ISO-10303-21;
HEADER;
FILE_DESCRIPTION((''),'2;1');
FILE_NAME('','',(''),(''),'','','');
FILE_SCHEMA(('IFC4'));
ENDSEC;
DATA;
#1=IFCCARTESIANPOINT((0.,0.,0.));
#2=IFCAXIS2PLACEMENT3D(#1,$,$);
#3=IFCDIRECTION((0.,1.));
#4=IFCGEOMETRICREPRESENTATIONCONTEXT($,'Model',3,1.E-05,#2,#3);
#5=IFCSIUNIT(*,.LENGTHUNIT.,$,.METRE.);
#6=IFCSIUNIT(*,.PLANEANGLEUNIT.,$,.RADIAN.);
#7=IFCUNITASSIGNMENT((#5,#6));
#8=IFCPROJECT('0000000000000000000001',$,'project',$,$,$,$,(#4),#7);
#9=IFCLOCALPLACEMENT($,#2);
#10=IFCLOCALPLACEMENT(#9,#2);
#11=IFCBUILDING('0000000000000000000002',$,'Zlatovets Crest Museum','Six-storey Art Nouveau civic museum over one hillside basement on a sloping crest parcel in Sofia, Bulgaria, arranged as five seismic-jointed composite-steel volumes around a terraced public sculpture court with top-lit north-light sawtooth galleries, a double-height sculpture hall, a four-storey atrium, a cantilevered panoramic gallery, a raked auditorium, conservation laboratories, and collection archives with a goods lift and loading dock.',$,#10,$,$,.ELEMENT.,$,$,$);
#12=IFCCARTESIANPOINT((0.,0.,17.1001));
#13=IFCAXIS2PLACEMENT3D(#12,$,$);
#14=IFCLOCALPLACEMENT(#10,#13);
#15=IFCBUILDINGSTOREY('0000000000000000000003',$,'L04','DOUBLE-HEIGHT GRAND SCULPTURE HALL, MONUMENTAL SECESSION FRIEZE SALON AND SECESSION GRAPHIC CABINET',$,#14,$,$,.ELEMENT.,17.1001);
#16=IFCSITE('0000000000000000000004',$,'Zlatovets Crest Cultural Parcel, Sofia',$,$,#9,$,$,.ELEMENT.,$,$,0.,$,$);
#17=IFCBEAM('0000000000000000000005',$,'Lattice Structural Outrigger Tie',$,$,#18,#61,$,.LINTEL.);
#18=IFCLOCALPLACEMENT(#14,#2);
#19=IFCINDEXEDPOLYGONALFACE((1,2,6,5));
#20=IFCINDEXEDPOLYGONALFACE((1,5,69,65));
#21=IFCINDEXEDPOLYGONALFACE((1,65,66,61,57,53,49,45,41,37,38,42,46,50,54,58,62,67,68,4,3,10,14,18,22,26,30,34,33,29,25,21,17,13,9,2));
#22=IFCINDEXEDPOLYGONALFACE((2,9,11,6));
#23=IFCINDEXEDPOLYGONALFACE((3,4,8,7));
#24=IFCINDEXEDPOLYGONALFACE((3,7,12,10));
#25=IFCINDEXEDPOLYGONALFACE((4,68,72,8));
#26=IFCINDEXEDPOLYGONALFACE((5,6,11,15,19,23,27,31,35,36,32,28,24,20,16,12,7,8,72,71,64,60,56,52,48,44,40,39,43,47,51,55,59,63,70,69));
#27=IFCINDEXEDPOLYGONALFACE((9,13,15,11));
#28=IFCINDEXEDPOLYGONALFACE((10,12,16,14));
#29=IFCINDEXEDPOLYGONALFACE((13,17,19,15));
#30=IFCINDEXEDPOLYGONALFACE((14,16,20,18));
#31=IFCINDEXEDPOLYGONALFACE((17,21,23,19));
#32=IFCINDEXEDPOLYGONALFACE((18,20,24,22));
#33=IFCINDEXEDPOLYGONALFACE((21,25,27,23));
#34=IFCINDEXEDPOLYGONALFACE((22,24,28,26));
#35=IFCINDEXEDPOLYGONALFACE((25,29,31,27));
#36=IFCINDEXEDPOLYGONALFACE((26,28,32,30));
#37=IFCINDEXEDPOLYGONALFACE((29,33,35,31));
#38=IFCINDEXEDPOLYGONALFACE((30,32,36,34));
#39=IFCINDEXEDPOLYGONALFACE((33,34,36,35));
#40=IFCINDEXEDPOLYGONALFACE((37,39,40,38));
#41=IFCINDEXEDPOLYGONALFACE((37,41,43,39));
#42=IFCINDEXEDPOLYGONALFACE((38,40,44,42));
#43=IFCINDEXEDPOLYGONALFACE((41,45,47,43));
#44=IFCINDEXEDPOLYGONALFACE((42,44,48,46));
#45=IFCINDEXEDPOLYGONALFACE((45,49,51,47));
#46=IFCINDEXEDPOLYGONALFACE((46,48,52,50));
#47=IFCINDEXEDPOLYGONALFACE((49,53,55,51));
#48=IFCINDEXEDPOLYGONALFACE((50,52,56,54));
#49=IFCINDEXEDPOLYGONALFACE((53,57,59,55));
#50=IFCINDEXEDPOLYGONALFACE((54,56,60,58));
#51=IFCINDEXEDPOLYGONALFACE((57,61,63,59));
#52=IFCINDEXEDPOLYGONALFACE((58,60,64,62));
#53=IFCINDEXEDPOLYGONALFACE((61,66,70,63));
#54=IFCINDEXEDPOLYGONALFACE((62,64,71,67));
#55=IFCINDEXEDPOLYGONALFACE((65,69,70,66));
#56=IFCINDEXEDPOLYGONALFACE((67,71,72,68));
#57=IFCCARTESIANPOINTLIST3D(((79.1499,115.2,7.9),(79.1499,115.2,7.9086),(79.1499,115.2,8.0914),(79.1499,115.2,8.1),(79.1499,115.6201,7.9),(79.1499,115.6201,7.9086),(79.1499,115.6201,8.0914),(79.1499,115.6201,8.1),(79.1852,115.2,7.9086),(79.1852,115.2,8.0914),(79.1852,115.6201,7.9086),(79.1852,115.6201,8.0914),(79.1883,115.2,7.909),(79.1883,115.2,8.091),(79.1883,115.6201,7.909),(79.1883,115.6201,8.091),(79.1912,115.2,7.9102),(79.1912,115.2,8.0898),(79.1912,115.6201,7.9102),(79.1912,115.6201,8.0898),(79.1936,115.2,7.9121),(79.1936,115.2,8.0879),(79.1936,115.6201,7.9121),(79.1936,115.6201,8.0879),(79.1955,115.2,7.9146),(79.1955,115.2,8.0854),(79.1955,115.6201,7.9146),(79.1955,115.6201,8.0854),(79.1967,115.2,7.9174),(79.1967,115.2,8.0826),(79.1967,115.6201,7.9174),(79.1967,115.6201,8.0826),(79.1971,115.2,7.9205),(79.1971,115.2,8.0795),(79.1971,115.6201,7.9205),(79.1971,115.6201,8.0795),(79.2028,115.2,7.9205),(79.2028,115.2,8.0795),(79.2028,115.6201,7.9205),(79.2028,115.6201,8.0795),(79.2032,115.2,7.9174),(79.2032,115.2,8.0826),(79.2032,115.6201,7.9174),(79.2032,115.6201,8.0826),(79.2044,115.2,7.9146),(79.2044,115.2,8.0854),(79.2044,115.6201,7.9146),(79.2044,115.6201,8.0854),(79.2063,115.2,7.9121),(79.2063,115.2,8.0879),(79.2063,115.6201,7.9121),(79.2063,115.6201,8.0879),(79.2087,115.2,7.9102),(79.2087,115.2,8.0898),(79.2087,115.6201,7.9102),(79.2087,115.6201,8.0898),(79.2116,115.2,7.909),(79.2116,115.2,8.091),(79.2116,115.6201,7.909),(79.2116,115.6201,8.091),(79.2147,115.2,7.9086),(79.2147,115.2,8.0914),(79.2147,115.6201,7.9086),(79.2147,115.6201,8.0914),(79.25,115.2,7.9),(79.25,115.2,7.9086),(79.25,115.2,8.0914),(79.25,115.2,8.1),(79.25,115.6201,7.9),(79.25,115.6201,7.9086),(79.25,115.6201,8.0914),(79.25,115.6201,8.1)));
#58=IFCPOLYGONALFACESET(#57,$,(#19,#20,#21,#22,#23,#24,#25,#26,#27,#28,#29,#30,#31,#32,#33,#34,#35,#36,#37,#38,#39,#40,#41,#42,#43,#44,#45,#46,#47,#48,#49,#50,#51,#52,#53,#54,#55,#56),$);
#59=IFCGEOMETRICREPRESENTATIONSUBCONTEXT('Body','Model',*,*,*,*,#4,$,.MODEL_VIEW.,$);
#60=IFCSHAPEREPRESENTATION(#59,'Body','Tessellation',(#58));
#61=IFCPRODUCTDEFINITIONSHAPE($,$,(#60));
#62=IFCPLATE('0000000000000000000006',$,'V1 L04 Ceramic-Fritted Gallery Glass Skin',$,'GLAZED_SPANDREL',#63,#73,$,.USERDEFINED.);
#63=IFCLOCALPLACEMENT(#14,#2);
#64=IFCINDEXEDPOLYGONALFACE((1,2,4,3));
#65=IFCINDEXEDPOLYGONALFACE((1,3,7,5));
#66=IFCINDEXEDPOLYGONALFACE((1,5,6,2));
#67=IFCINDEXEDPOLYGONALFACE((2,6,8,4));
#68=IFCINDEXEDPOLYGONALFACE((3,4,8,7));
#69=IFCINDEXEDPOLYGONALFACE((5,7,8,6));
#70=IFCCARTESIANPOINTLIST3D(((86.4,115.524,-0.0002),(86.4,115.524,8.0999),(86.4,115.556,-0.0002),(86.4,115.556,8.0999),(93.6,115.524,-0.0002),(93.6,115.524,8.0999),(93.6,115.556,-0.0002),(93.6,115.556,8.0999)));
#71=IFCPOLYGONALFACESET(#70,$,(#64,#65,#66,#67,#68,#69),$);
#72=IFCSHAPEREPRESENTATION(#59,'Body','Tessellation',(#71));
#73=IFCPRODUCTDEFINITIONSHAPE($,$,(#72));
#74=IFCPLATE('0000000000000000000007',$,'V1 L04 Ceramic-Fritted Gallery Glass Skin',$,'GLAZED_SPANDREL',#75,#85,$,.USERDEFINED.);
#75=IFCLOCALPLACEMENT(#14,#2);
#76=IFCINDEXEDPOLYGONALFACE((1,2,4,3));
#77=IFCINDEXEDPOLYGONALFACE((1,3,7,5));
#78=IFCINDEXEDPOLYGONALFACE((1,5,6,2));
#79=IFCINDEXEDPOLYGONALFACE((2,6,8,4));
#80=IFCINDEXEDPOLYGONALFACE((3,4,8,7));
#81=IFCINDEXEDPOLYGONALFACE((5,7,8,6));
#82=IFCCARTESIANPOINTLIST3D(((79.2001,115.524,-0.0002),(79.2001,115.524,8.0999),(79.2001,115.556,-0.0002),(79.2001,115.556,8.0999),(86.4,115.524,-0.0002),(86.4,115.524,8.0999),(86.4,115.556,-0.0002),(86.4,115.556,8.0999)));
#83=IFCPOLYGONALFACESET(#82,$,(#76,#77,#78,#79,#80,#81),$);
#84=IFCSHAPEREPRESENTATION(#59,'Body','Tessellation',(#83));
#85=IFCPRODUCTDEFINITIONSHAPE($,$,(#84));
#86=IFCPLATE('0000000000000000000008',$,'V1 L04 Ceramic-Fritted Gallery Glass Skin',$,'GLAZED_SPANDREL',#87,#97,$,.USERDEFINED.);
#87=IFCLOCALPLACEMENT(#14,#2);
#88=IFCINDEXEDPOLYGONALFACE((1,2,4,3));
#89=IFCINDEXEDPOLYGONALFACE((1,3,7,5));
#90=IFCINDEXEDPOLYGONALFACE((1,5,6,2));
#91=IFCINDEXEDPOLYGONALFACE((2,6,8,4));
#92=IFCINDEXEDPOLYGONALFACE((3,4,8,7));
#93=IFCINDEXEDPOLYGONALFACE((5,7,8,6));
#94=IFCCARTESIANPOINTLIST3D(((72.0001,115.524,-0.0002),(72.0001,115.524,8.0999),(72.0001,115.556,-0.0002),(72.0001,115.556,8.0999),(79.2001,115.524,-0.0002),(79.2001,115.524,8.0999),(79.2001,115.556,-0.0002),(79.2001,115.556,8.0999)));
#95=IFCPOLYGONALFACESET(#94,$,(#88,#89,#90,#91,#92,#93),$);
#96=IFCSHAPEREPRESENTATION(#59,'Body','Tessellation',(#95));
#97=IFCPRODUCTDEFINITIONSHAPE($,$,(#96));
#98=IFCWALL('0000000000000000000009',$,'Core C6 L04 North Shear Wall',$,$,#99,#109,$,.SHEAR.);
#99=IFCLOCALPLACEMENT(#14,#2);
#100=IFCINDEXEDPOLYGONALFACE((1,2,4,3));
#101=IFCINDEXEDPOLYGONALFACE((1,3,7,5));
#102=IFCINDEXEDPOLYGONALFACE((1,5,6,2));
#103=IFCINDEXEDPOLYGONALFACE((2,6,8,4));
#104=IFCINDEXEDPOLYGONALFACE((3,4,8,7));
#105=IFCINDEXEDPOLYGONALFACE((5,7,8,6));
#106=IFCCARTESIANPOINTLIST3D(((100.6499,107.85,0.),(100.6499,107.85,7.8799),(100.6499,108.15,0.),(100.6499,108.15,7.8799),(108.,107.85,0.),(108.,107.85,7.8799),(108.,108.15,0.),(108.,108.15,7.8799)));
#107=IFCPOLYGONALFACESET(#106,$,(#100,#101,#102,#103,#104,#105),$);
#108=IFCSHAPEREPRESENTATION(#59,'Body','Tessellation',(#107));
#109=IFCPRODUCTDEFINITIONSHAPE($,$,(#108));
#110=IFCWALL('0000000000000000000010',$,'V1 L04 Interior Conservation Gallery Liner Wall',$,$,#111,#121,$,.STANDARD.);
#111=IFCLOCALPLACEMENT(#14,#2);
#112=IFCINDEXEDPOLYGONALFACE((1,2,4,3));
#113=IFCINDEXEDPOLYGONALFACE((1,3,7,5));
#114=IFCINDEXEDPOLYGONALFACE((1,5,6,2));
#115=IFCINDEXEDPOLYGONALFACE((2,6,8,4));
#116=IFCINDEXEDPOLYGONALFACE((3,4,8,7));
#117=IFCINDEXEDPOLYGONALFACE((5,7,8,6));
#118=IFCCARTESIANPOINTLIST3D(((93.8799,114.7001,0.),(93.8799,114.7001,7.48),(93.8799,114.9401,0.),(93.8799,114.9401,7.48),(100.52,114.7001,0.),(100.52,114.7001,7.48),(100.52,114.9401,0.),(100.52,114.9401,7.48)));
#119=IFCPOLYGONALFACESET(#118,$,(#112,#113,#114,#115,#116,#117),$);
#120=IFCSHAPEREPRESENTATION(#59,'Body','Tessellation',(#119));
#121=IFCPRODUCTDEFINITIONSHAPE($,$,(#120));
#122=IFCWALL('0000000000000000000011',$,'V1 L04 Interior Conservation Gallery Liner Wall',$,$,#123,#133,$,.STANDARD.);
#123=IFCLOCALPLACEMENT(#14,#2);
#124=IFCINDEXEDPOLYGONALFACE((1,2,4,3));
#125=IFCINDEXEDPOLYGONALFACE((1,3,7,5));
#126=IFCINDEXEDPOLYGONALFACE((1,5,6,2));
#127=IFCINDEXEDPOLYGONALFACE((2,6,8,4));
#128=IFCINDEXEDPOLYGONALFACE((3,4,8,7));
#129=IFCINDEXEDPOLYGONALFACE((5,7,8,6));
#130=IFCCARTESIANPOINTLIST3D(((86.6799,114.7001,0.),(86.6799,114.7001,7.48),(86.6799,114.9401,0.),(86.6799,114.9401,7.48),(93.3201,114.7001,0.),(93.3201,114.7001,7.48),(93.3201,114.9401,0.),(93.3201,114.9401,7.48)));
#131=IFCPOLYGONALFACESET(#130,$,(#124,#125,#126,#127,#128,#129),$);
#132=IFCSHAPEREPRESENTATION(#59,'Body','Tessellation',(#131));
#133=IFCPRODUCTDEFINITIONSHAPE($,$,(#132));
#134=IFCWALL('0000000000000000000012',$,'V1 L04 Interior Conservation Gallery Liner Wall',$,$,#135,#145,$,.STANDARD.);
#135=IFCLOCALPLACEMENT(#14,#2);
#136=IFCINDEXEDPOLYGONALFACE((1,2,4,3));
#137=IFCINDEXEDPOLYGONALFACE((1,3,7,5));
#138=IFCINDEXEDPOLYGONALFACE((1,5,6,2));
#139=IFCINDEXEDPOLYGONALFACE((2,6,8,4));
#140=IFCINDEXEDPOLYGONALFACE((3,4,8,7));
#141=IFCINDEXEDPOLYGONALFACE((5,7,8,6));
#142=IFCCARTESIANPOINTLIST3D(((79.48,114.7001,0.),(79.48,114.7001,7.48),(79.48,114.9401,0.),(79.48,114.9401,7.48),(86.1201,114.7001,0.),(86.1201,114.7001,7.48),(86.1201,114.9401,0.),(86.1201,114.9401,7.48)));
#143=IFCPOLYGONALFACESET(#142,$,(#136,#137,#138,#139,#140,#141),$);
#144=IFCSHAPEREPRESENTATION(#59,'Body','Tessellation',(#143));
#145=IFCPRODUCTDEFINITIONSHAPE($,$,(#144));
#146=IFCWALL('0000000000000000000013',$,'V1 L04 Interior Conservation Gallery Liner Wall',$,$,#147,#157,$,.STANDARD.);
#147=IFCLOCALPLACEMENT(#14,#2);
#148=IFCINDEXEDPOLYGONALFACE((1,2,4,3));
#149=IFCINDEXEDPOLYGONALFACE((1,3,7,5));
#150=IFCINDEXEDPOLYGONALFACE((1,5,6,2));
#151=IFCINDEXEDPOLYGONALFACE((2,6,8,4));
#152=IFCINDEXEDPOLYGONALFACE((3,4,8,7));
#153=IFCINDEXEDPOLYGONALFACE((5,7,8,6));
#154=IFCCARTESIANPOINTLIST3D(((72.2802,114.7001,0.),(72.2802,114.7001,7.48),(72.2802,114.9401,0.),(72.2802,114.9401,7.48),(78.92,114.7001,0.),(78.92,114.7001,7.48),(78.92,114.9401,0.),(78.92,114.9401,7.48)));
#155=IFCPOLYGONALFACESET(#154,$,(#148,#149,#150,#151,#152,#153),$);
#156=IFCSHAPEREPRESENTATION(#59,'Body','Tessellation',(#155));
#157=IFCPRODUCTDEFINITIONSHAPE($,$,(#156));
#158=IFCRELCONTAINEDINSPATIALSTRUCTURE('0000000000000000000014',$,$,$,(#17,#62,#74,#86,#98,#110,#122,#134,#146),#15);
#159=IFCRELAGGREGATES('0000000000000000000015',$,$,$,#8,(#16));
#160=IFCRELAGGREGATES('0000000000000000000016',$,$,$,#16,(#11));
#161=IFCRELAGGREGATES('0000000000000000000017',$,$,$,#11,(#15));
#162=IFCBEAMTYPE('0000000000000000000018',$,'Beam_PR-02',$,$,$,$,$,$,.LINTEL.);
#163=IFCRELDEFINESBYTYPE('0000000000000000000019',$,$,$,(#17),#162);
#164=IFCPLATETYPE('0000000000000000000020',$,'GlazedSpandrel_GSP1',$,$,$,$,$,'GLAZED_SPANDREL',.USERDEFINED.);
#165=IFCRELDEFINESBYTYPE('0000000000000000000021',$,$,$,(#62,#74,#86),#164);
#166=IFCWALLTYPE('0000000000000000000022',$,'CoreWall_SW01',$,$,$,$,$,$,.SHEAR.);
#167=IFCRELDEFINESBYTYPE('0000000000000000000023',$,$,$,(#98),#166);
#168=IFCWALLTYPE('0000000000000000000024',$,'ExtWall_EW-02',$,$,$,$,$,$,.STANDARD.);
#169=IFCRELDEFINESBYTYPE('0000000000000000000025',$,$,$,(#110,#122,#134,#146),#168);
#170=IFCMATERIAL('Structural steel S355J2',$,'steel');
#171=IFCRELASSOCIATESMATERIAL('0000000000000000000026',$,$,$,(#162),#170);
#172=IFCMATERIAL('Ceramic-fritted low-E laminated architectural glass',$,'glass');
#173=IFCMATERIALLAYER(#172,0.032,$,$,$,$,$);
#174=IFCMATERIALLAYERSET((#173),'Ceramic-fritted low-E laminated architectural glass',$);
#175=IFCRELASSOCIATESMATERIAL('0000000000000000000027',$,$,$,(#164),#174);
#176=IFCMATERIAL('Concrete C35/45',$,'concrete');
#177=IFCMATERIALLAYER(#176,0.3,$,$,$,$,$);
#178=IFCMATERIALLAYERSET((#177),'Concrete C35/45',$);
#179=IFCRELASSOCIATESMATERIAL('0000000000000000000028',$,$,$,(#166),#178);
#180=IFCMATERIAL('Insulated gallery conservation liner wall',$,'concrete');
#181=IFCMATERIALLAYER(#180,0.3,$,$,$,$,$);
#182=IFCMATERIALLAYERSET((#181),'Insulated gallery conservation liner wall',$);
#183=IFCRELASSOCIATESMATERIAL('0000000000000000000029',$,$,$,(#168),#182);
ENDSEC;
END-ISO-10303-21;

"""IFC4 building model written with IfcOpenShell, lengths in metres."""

from ifc_helpers import new_model, si_unit, direction, frame, frame_2d, origin, origin_2d, place, context, subcontext, project, spatial, rectangle, i_section, extrude, material, layer, layer_set, material_profile, profile_set, type_object, element, save


model = new_model("IFC4")

# Units and contexts
model_context = context("Model", 3, precision=1e-05, world=origin(), true_north=direction((0.0, 1.0)))
body_context = subcontext(model_context, "Body", "Model", "MODEL_VIEW")
ifc_project = project(units=[si_unit("LENGTHUNIT", "METRE"), si_unit("PLANEANGLEUNIT", "RADIAN")], contexts=[model_context])

# Site, building, storey
site_placement = place(None, origin())
site = spatial("IfcSite", under=ifc_project, at=site_placement, Name="Zlatovets Crest Cultural Parcel, Sofia", CompositionType="ELEMENT", RefElevation=0.0)
building_placement = place(site_placement, origin())
building = spatial("IfcBuilding", under=site, at=building_placement, Name="Zlatovets Crest Museum", Description="Six-storey Art Nouveau civic museum over one hillside basement on a sloping crest parcel in Sofia, Bulgaria, arranged as five seismic-jointed composite-steel volumes around a terraced public sculpture court with top-lit north-light sawtooth galleries, a double-height sculpture hall, a four-storey atrium, a cantilevered panoramic gallery, a raked auditorium, conservation laboratories, and collection archives with a goods lift and loading dock.", CompositionType="ELEMENT")
storey_placement = place(building_placement, frame((0.0, 0.0, 17.1001)))
storey = spatial("IfcBuildingStorey", under=building, at=storey_placement, Name="L04", Description="DOUBLE-HEIGHT GRAND SCULPTURE HALL, MONUMENTAL SECESSION FRIEZE SALON AND SECESSION GRAPHIC CABINET", CompositionType="ELEMENT", Elevation=17.1001)

# Shared definitions
ifc_material_1 = material(Name="Structural steel S355J2", Category="steel")

# Beam
ifc_material_profile_1 = material_profile(ifc_material_1, i_section(OverallWidth=0.1001, OverallDepth=0.2, WebThickness=0.0056, FlangeThickness=0.0085, FilletRadius=0.012, at=origin_2d()), Name="IPE 200")
ifc_profile_set_1 = profile_set([ifc_material_profile_1], Name="Structural steel S355J2")
beam_type_1 = type_object("IfcBeamType", Name="Beam_PR-02", PredefinedType="LINTEL", material=ifc_profile_set_1)
for number, where, z_axis, x_axis, name in (
    (1, (79.2, 115.2, 8.0), (0.0, 1.0, 0.0), (-1.0, 0.0, 0.0), "Lattice Structural Outrigger Tie"),
):
    element("IfcBeam", number, at=place(storey_placement, frame(where, z_axis=z_axis, x_axis=x_axis)), inside=storey, type_object=beam_type_1, Name=name, PredefinedType="LINTEL", context=body_context, shape_type="SweptSolid", body=[
        extrude(i_section(OverallWidth=0.1001, OverallDepth=0.2, WebThickness=0.0056, FlangeThickness=0.0085, FilletRadius=0.012, at=origin_2d()), origin(), (0.0, 0.0, 1.0), 0.4202),
    ])

# Plates
ifc_material_2 = material(Name="Ceramic-fritted low-E laminated architectural glass", Category="glass")
ifc_layer_1 = layer(ifc_material_2, 0.032)
ifc_layer_set_1 = layer_set([ifc_layer_1], Name="Ceramic-fritted low-E laminated architectural glass")
plate_type = type_object("IfcPlateType", Name="GlazedSpandrel_GSP1", ElementType="GLAZED_SPANDREL", PredefinedType="USERDEFINED", material=ifc_layer_set_1)
for number, where, z_axis, x_axis, name in (
    (2, (90.0, 115.54, -0.0002), (0.0, 0.0, 1.0), (1.0, 0.0, 0.0), "V1 L04 Ceramic-Fritted Gallery Glass Skin"),
    (3, (82.8, 115.54, -0.0002), (0.0, 0.0, 1.0), (1.0, 0.0, 0.0), "V1 L04 Ceramic-Fritted Gallery Glass Skin"),
    (4, (75.6001, 115.54, -0.0002), (0.0, 0.0, 1.0), (1.0, 0.0, 0.0), "V1 L04 Ceramic-Fritted Gallery Glass Skin"),
):
    element("IfcPlate", number, at=place(storey_placement, frame(where, z_axis=z_axis, x_axis=x_axis)), inside=storey, type_object=plate_type, Name=name, ObjectType="GLAZED_SPANDREL", PredefinedType="USERDEFINED", context=body_context, shape_type="SweptSolid", body=[
        extrude(rectangle(XDim=7.2, YDim=0.032, at=origin_2d()), origin(), (0.0, 0.0, 1.0), 8.1001),
    ])

# Walls
ifc_material_3 = material(Name="Concrete C35/45", Category="concrete")
ifc_layer_2 = layer(ifc_material_3, 0.3)
ifc_layer_set_2 = layer_set([ifc_layer_2], Name="Concrete C35/45")
wall_type_1 = type_object("IfcWallType", Name="CoreWall_SW01", PredefinedType="SHEAR", material=ifc_layer_set_2)
wall_1_placement = place(storey_placement, frame((100.6499, 108.0, 0.0), z_axis=(0.0, 0.0, 1.0), x_axis=(1.0, 0.0, 0.0)))
element("IfcWall", 5, at=wall_1_placement, inside=storey, type_object=wall_type_1, Name="Core C6 L04 North Shear Wall", PredefinedType="SHEAR", context=body_context, shape_type="SweptSolid", body=[
    extrude(rectangle(XDim=7.3501, YDim=0.3, at=frame_2d((3.675, 0.0))), origin(), (0.0, 0.0, 1.0), 7.8799),
])
ifc_material_4 = material(Name="Insulated gallery conservation liner wall", Category="concrete")
ifc_layer_3 = layer(ifc_material_4, 0.3)
ifc_layer_set_3 = layer_set([ifc_layer_3], Name="Insulated gallery conservation liner wall")
wall_type_2 = type_object("IfcWallType", Name="ExtWall_EW-02", PredefinedType="STANDARD", material=ifc_layer_set_3)
for number, where, z_axis, x_axis, name in (
    (6, (100.52, 114.8201, 0.0), (0.0, 0.0, 1.0), (-1.0, 0.0, 0.0), "V1 L04 Interior Conservation Gallery Liner Wall"),
    (7, (93.3201, 114.8201, 0.0), (0.0, 0.0, 1.0), (-1.0, 0.0, 0.0), "V1 L04 Interior Conservation Gallery Liner Wall"),
    (8, (86.1201, 114.8201, 0.0), (0.0, 0.0, 1.0), (-1.0, 0.0, 0.0), "V1 L04 Interior Conservation Gallery Liner Wall"),
):
    element("IfcWall", number, at=place(storey_placement, frame(where, z_axis=z_axis, x_axis=x_axis)), inside=storey, type_object=wall_type_2, Name=name, PredefinedType="STANDARD", context=body_context, shape_type="SweptSolid", body=[
        extrude(rectangle(XDim=6.6401, YDim=0.24, at=frame_2d((3.3201, 0.0))), origin(), (0.0, 0.0, 1.0), 7.48),
    ])
wall_2_placement = place(storey_placement, frame((78.9199, 114.8201, 0.0), z_axis=(0.0, 0.0, 1.0), x_axis=(-1.0, 0.0, 0.0)))
element("IfcWall", 9, at=wall_2_placement, inside=storey, type_object=wall_type_2, Name="V1 L04 Interior Conservation Gallery Liner Wall", PredefinedType="STANDARD", context=body_context, shape_type="SweptSolid", body=[
    extrude(rectangle(XDim=6.6399, YDim=0.24, at=frame_2d((3.3198, 0.0))), origin(), (0.0, 0.0, 1.0), 7.48),
])

save(model, "model.ifc")
